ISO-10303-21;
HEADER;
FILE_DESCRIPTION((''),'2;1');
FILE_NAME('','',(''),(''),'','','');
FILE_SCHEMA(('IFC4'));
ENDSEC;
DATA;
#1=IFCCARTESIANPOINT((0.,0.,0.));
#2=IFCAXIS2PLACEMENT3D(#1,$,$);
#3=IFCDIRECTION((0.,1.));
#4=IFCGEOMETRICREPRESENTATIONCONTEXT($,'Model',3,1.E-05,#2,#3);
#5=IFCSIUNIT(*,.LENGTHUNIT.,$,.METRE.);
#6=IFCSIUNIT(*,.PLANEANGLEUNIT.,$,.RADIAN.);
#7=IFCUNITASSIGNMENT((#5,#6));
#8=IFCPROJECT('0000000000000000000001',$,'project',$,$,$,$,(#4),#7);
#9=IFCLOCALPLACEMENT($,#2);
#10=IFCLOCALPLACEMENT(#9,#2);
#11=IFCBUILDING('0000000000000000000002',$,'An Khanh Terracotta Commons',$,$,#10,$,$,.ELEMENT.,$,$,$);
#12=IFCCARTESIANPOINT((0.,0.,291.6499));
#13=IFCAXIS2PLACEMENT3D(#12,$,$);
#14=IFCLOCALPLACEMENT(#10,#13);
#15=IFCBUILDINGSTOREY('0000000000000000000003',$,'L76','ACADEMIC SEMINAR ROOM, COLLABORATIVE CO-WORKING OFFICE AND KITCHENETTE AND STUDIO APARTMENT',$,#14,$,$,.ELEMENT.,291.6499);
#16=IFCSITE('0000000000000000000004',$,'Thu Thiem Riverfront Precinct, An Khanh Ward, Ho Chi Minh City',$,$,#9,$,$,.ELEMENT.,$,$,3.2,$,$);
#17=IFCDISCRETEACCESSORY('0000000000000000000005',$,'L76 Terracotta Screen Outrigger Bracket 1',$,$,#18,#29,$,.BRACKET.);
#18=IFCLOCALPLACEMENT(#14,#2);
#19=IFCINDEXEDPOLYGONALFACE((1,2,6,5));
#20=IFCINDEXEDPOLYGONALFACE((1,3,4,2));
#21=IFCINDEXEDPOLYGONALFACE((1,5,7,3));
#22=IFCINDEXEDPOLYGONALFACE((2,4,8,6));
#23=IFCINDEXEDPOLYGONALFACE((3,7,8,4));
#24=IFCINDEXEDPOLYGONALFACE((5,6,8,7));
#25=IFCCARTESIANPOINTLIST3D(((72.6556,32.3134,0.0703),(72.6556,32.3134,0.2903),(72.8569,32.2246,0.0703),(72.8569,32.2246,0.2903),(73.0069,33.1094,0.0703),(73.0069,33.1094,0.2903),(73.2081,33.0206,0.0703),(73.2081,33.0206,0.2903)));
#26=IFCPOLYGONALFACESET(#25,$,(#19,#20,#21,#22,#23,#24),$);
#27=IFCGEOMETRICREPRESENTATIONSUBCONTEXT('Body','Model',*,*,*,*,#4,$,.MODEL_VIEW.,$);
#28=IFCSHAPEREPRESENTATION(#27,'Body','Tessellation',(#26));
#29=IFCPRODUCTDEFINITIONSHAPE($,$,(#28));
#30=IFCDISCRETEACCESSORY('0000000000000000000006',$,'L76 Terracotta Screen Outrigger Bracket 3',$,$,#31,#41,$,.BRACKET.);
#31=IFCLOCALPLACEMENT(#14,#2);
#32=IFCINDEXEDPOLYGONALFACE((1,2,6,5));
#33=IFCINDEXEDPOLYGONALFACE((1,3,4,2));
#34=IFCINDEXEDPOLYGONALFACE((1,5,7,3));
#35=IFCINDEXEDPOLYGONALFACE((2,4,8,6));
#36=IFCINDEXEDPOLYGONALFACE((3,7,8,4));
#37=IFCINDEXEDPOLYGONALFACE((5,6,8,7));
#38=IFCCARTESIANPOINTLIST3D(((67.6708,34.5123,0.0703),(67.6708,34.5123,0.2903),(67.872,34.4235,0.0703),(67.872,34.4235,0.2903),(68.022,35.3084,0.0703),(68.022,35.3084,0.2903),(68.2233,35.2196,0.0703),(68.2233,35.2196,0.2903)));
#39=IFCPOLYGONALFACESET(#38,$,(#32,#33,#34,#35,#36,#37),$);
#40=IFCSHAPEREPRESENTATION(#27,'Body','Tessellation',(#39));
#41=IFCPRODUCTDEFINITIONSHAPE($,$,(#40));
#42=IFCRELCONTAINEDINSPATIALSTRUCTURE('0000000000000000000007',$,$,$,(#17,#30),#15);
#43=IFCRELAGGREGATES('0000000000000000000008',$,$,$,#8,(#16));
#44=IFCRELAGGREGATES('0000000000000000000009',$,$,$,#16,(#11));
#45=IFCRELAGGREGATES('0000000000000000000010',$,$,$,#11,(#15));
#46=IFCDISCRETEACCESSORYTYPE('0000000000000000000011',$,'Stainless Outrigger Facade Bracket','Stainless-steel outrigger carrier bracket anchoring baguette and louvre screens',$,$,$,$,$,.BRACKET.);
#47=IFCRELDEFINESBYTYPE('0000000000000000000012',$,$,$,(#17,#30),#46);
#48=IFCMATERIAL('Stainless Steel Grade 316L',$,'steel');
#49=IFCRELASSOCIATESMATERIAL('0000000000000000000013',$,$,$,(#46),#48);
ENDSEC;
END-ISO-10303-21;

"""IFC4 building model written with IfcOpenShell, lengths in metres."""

from ifc_helpers import new_model, si_unit, direction, frame, origin, origin_2d, place, context, subcontext, project, spatial, rectangle, extrude, material, type_object, element, save


model = new_model("IFC4")

# Units and contexts
model_context = context("Model", 3, precision=1e-05, world=origin(), true_north=direction((0.0, 1.0)))
body_context = subcontext(model_context, "Body", "Model", "MODEL_VIEW")
ifc_project = project(units=[si_unit("LENGTHUNIT", "METRE"), si_unit("PLANEANGLEUNIT", "RADIAN")], contexts=[model_context])

# Site, building, storey
site_placement = place(None, origin())
site = spatial("IfcSite", under=ifc_project, at=site_placement, Name="Thu Thiem Riverfront Precinct, An Khanh Ward, Ho Chi Minh City", CompositionType="ELEMENT", RefElevation=3.2)
building_placement = place(site_placement, origin())
building = spatial("IfcBuilding", under=site, at=building_placement, Name="An Khanh Terracotta Commons", CompositionType="ELEMENT")
storey_placement = place(building_placement, frame((0.0, 0.0, 291.6499)))
storey = spatial("IfcBuildingStorey", under=building, at=storey_placement, Name="L76", Description="ACADEMIC SEMINAR ROOM, COLLABORATIVE CO-WORKING OFFICE AND KITCHENETTE AND STUDIO APARTMENT", CompositionType="ELEMENT", Elevation=291.6499)

# Discrete accessories
ifc_material_1 = material(Name="Stainless Steel Grade 316L", Category="steel")
discrete_accessory_type = type_object("IfcDiscreteAccessoryType", Name="Stainless Outrigger Facade Bracket", Description="Stainless-steel outrigger carrier bracket anchoring baguette and louvre screens", PredefinedType="BRACKET", material=ifc_material_1)
for number, where, z_axis, x_axis, name in (
    (1, (72.9319, 32.667, 0.0703), (0.0, 0.0, 1.0), (-0.914902, 0.403676, 0.0), "L76 Terracotta Screen Outrigger Bracket 1"),
    (2, (67.947, 34.866, 0.0703), (0.0, 0.0, 1.0), (-0.914902, 0.403676, 0.0), "L76 Terracotta Screen Outrigger Bracket 3"),
):
    element("IfcDiscreteAccessory", number, at=place(storey_placement, frame(where, z_axis=z_axis, x_axis=x_axis)), inside=storey, type_object=discrete_accessory_type, Name=name, PredefinedType="BRACKET", context=body_context, shape_type="SweptSolid", body=[
        extrude(rectangle(XDim=0.22, YDim=0.8701, at=origin_2d()), origin(), (0.0, 0.0, 1.0), 0.22),
    ])

save(model, "model.ifc")
